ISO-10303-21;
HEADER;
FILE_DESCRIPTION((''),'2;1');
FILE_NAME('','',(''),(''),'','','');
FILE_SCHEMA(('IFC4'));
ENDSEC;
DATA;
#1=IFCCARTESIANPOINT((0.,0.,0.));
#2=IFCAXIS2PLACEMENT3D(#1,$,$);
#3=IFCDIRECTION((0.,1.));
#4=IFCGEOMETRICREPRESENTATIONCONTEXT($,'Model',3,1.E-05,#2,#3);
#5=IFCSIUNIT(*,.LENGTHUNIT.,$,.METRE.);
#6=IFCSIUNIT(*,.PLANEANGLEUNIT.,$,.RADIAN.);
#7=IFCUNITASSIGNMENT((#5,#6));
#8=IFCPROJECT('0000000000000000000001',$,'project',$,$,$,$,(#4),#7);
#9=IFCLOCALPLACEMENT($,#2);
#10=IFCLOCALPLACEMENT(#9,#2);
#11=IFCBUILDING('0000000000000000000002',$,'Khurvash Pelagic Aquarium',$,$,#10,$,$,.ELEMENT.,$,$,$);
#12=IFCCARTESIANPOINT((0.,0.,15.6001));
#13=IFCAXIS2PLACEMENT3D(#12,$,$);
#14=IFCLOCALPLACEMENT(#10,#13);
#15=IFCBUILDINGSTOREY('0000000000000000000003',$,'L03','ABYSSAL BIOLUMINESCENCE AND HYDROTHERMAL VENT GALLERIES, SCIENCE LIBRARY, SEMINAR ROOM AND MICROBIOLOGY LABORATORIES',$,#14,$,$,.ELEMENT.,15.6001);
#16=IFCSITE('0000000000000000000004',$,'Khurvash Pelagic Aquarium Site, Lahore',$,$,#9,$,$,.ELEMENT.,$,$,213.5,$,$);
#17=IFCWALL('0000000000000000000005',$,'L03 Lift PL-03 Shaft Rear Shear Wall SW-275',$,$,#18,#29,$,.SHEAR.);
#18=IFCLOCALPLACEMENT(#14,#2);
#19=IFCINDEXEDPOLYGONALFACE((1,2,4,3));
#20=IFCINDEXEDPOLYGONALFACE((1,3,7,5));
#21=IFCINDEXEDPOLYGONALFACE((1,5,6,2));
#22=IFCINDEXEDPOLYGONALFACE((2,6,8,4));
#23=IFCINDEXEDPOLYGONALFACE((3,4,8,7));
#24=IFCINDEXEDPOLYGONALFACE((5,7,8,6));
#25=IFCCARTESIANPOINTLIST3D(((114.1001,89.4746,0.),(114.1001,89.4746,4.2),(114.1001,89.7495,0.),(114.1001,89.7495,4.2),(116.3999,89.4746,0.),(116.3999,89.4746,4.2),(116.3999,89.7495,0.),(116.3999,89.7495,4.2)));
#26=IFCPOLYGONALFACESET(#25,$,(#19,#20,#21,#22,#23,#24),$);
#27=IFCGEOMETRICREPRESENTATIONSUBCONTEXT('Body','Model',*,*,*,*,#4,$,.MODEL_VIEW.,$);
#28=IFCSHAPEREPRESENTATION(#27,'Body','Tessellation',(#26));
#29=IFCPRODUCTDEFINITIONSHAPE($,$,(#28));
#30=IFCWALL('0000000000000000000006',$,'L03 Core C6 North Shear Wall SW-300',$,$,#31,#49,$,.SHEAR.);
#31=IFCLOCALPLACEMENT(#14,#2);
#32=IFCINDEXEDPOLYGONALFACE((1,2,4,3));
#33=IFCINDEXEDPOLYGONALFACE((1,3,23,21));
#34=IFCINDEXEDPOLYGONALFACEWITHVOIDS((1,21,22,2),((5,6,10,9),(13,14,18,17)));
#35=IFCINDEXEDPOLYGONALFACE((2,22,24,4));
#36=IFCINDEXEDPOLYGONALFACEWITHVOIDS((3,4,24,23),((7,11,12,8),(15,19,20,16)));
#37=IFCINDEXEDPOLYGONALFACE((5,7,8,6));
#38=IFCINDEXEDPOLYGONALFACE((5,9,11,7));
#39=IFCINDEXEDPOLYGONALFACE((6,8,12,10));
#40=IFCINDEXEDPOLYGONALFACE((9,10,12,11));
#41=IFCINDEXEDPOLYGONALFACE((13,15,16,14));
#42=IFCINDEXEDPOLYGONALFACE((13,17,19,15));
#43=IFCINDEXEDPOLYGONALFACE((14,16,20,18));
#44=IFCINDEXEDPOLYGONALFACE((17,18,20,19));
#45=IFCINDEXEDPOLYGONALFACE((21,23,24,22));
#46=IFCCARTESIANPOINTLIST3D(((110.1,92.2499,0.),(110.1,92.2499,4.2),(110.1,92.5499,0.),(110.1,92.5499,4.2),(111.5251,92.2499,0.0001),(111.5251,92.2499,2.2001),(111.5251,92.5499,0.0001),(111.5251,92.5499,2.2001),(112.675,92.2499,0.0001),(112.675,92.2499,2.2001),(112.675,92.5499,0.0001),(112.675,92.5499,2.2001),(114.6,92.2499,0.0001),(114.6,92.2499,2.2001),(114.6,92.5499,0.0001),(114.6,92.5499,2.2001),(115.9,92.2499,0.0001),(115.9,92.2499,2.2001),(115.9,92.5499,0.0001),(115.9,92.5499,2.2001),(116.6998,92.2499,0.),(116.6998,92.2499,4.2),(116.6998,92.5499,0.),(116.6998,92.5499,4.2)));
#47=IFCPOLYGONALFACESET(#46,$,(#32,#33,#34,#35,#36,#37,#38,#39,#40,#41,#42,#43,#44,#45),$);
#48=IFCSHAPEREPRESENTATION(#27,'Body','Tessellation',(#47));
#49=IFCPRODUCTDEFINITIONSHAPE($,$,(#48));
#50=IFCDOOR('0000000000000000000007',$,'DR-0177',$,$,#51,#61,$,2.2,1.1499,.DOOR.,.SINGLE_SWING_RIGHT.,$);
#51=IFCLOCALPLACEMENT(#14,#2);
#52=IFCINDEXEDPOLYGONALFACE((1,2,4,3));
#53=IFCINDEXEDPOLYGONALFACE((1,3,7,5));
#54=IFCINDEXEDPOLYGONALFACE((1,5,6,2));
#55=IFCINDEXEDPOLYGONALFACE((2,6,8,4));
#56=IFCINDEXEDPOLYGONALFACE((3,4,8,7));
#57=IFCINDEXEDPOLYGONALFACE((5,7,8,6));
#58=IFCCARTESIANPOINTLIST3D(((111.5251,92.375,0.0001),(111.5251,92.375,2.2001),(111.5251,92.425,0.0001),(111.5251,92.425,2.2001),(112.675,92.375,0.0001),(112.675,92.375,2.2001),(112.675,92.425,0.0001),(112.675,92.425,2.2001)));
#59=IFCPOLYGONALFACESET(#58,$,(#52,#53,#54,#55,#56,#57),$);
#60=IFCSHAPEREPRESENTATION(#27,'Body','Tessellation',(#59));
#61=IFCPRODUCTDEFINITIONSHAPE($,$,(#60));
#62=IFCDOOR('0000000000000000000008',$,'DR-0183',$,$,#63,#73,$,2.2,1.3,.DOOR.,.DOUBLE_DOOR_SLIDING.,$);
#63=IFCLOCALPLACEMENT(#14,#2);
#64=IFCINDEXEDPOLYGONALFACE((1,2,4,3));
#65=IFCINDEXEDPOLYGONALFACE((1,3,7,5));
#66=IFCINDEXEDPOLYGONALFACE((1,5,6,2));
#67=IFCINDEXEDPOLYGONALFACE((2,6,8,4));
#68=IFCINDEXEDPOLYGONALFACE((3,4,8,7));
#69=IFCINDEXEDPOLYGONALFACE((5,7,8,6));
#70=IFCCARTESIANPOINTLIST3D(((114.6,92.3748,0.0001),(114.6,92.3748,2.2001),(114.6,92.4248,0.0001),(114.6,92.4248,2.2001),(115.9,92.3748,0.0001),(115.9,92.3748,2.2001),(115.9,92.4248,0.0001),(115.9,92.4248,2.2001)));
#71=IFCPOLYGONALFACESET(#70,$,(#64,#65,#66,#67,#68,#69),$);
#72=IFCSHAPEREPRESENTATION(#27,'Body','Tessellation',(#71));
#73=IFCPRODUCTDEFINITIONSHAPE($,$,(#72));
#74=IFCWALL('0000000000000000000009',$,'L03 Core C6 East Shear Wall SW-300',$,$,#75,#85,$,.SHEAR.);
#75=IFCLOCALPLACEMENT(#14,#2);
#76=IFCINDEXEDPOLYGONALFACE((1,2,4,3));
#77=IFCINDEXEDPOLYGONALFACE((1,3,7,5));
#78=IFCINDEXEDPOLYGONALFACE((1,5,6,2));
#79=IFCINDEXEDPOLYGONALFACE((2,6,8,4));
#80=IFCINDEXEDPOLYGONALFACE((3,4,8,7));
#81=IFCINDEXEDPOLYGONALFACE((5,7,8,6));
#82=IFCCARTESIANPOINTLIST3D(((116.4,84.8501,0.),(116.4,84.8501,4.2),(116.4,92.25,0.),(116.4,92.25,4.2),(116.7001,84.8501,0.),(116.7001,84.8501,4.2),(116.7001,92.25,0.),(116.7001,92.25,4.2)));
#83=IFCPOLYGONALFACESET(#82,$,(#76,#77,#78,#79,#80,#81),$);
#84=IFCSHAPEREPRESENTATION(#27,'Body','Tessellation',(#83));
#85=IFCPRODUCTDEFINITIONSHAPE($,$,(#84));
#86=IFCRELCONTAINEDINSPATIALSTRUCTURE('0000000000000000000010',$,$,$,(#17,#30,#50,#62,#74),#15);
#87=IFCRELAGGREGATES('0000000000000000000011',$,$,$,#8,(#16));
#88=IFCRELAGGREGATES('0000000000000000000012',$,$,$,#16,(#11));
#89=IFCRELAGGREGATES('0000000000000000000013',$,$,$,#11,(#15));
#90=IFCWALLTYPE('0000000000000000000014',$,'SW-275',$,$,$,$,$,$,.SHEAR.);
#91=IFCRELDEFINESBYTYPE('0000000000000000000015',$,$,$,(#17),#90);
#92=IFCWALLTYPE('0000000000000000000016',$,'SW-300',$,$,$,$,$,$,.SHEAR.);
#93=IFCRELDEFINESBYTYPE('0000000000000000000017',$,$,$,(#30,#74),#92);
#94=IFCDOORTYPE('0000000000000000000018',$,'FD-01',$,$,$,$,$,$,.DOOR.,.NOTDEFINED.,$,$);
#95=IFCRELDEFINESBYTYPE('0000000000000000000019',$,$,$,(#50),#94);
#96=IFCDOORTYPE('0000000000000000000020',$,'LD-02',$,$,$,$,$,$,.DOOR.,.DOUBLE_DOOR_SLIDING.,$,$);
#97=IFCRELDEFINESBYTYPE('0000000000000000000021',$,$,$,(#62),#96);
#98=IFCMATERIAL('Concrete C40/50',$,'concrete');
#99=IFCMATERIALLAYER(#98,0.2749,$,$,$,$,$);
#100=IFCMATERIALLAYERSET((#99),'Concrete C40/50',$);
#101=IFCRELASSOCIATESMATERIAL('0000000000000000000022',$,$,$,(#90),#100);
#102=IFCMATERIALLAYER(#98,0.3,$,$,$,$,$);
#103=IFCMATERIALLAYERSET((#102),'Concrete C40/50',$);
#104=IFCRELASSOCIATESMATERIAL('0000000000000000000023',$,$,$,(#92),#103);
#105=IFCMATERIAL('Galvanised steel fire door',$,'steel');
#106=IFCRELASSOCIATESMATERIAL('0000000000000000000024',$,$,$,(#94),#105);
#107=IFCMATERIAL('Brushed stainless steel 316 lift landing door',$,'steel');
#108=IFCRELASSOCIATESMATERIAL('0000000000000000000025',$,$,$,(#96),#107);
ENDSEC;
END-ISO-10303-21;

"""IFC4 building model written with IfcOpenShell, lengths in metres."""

from ifc_helpers import new_model, si_unit, direction, frame, frame_2d, origin, place, context, subcontext, project, spatial, rectangle, extrude, material, layer, layer_set, type_object, element, fill, save


model = new_model("IFC4")

# Units and contexts
model_context = context("Model", 3, precision=1e-05, world=origin(), true_north=direction((0.0, 1.0)))
body_context = subcontext(model_context, "Body", "Model", "MODEL_VIEW")
ifc_project = project(units=[si_unit("LENGTHUNIT", "METRE"), si_unit("PLANEANGLEUNIT", "RADIAN")], contexts=[model_context])

# Site, building, storey
site_placement = place(None, origin())
site = spatial("IfcSite", under=ifc_project, at=site_placement, Name="Khurvash Pelagic Aquarium Site, Lahore", CompositionType="ELEMENT", RefElevation=213.5)
building_placement = place(site_placement, origin())
building = spatial("IfcBuilding", under=site, at=building_placement, Name="Khurvash Pelagic Aquarium", CompositionType="ELEMENT")
storey_placement = place(building_placement, frame((0.0, 0.0, 15.6001)))
storey = spatial("IfcBuildingStorey", under=building, at=storey_placement, Name="L03", Description="ABYSSAL BIOLUMINESCENCE AND HYDROTHERMAL VENT GALLERIES, SCIENCE LIBRARY, SEMINAR ROOM AND MICROBIOLOGY LABORATORIES", CompositionType="ELEMENT", Elevation=15.6001)

# Shared definitions
ifc_material_1 = material(Name="Concrete C40/50", Category="concrete")

# Wall
ifc_layer_1 = layer(ifc_material_1, 0.2749)
ifc_layer_set_1 = layer_set([ifc_layer_1], Name="Concrete C40/50")
wall_type_1 = type_object("IfcWallType", Name="SW-275", PredefinedType="SHEAR", material=ifc_layer_set_1)
wall_1_placement = place(storey_placement, frame((114.1001, 89.6121, 0.0), z_axis=(0.0, 0.0, 1.0), x_axis=(1.0, 0.0, 0.0)))
element("IfcWall", 1, at=wall_1_placement, inside=storey, type_object=wall_type_1, Name="L03 Lift PL-03 Shaft Rear Shear Wall SW-275", PredefinedType="SHEAR", context=body_context, shape_type="SweptSolid", body=[
    extrude(rectangle(XDim=2.2998, YDim=0.2749, at=frame_2d((1.1499, 0.0))), origin(), (0.0, 0.0, 1.0), 4.2),
])

# Wall, openings, doors
ifc_layer_2 = layer(ifc_material_1, 0.3)
ifc_layer_set_2 = layer_set([ifc_layer_2], Name="Concrete C40/50")
wall_type_2 = type_object("IfcWallType", Name="SW-300", PredefinedType="SHEAR", material=ifc_layer_set_2)
wall_2_placement = place(storey_placement, frame((110.1001, 92.3999, 0.0), z_axis=(0.0, 0.0, 1.0), x_axis=(1.0, 0.0, 0.0)))
wall_2 = element("IfcWall", 2, at=wall_2_placement, inside=storey, type_object=wall_type_2, Name="L03 Core C6 North Shear Wall SW-300", PredefinedType="SHEAR", context=body_context, shape_type="SweptSolid", body=[
    extrude(rectangle(XDim=6.5999, YDim=0.3, at=frame_2d((3.2998, 0.0))), origin(), (0.0, 0.0, 1.0), 4.2),
])
opening_1_placement = place(wall_2_placement, frame((1.425, 0.0, 0.0)))
opening_1 = element("IfcOpeningElement", 3, at=opening_1_placement, cuts=wall_2, PredefinedType="OPENING", context=body_context, shape_type="SweptSolid", body=[
    extrude(rectangle(XDim=1.1499, YDim=2.2, at=frame_2d((0.575, 1.1001))), frame((0.0, 0.1602, 0.0), z_axis=(0.0, -1.0, 0.0), x_axis=(1.0, 0.0, 0.0)), (0.0, 0.0, 1.0), 0.3201),
])
opening_2_placement = place(wall_2_placement, frame((4.5, 0.0, 0.0)))
opening_2 = element("IfcOpeningElement", 4, at=opening_2_placement, cuts=wall_2, PredefinedType="OPENING", context=body_context, shape_type="SweptSolid", body=[
    extrude(rectangle(XDim=1.3, YDim=2.2, at=frame_2d((0.6499, 1.1001))), frame((0.0, 0.1602, 0.0), z_axis=(0.0, -1.0, 0.0), x_axis=(1.0, 0.0, 0.0)), (0.0, 0.0, 1.0), 0.3201),
])
ifc_material_2 = material(Name="Galvanised steel fire door", Category="steel")
door_type_1 = type_object("IfcDoorType", Name="FD-01", OperationType="NOTDEFINED", PredefinedType="DOOR", material=ifc_material_2)
door_1_placement = place(opening_1_placement, frame((1.1499, 0.0, 0.0), z_axis=(0.0, 0.0, 1.0), x_axis=(-1.0, 0.0, 0.0)))
door_1 = element("IfcDoor", 5, at=door_1_placement, inside=storey, type_object=door_type_1, Name="DR-0177", OperationType="SINGLE_SWING_RIGHT", OverallHeight=2.2, OverallWidth=1.1499, PredefinedType="DOOR", context=body_context, shape_type="SweptSolid", body=[
    extrude(rectangle(XDim=1.1499, YDim=2.2, at=frame_2d((0.575, 1.1001))), frame((0.0, 0.0249, 0.0), z_axis=(0.0, -1.0, 0.0), x_axis=(1.0, 0.0, 0.0)), (0.0, 0.0, 1.0), 0.05),
])
fill(opening_1, door_1)
ifc_material_3 = material(Name="Brushed stainless steel 316 lift landing door", Category="steel")
door_type_2 = type_object("IfcDoorType", Name="LD-02", OperationType="DOUBLE_DOOR_SLIDING", PredefinedType="DOOR", material=ifc_material_3)
door_2_placement = place(opening_2_placement, origin())
door_2 = element("IfcDoor", 6, at=door_2_placement, inside=storey, type_object=door_type_2, Name="DR-0183", OperationType="DOUBLE_DOOR_SLIDING", OverallHeight=2.2, OverallWidth=1.3, PredefinedType="DOOR", context=body_context, shape_type="SweptSolid", body=[
    extrude(rectangle(XDim=1.3, YDim=2.2, at=frame_2d((0.6499, 1.1001))), frame((0.0, 0.0249, 0.0), z_axis=(0.0, -1.0, 0.0), x_axis=(1.0, 0.0, 0.0)), (0.0, 0.0, 1.0), 0.05),
])
fill(opening_2, door_2)

# Wall
wall_3_placement = place(storey_placement, frame((116.55, 84.8501, 0.0), z_axis=(0.0, 0.0, 1.0), x_axis=(0.0, 1.0, 0.0)))
element("IfcWall", 7, at=wall_3_placement, inside=storey, type_object=wall_type_2, Name="L03 Core C6 East Shear Wall SW-300", PredefinedType="SHEAR", context=body_context, shape_type="SweptSolid", body=[
    extrude(rectangle(XDim=7.3999, YDim=0.3, at=frame_2d((3.7, 0.0))), origin(), (0.0, 0.0, 1.0), 4.2),
])

save(model, "model.ifc")
